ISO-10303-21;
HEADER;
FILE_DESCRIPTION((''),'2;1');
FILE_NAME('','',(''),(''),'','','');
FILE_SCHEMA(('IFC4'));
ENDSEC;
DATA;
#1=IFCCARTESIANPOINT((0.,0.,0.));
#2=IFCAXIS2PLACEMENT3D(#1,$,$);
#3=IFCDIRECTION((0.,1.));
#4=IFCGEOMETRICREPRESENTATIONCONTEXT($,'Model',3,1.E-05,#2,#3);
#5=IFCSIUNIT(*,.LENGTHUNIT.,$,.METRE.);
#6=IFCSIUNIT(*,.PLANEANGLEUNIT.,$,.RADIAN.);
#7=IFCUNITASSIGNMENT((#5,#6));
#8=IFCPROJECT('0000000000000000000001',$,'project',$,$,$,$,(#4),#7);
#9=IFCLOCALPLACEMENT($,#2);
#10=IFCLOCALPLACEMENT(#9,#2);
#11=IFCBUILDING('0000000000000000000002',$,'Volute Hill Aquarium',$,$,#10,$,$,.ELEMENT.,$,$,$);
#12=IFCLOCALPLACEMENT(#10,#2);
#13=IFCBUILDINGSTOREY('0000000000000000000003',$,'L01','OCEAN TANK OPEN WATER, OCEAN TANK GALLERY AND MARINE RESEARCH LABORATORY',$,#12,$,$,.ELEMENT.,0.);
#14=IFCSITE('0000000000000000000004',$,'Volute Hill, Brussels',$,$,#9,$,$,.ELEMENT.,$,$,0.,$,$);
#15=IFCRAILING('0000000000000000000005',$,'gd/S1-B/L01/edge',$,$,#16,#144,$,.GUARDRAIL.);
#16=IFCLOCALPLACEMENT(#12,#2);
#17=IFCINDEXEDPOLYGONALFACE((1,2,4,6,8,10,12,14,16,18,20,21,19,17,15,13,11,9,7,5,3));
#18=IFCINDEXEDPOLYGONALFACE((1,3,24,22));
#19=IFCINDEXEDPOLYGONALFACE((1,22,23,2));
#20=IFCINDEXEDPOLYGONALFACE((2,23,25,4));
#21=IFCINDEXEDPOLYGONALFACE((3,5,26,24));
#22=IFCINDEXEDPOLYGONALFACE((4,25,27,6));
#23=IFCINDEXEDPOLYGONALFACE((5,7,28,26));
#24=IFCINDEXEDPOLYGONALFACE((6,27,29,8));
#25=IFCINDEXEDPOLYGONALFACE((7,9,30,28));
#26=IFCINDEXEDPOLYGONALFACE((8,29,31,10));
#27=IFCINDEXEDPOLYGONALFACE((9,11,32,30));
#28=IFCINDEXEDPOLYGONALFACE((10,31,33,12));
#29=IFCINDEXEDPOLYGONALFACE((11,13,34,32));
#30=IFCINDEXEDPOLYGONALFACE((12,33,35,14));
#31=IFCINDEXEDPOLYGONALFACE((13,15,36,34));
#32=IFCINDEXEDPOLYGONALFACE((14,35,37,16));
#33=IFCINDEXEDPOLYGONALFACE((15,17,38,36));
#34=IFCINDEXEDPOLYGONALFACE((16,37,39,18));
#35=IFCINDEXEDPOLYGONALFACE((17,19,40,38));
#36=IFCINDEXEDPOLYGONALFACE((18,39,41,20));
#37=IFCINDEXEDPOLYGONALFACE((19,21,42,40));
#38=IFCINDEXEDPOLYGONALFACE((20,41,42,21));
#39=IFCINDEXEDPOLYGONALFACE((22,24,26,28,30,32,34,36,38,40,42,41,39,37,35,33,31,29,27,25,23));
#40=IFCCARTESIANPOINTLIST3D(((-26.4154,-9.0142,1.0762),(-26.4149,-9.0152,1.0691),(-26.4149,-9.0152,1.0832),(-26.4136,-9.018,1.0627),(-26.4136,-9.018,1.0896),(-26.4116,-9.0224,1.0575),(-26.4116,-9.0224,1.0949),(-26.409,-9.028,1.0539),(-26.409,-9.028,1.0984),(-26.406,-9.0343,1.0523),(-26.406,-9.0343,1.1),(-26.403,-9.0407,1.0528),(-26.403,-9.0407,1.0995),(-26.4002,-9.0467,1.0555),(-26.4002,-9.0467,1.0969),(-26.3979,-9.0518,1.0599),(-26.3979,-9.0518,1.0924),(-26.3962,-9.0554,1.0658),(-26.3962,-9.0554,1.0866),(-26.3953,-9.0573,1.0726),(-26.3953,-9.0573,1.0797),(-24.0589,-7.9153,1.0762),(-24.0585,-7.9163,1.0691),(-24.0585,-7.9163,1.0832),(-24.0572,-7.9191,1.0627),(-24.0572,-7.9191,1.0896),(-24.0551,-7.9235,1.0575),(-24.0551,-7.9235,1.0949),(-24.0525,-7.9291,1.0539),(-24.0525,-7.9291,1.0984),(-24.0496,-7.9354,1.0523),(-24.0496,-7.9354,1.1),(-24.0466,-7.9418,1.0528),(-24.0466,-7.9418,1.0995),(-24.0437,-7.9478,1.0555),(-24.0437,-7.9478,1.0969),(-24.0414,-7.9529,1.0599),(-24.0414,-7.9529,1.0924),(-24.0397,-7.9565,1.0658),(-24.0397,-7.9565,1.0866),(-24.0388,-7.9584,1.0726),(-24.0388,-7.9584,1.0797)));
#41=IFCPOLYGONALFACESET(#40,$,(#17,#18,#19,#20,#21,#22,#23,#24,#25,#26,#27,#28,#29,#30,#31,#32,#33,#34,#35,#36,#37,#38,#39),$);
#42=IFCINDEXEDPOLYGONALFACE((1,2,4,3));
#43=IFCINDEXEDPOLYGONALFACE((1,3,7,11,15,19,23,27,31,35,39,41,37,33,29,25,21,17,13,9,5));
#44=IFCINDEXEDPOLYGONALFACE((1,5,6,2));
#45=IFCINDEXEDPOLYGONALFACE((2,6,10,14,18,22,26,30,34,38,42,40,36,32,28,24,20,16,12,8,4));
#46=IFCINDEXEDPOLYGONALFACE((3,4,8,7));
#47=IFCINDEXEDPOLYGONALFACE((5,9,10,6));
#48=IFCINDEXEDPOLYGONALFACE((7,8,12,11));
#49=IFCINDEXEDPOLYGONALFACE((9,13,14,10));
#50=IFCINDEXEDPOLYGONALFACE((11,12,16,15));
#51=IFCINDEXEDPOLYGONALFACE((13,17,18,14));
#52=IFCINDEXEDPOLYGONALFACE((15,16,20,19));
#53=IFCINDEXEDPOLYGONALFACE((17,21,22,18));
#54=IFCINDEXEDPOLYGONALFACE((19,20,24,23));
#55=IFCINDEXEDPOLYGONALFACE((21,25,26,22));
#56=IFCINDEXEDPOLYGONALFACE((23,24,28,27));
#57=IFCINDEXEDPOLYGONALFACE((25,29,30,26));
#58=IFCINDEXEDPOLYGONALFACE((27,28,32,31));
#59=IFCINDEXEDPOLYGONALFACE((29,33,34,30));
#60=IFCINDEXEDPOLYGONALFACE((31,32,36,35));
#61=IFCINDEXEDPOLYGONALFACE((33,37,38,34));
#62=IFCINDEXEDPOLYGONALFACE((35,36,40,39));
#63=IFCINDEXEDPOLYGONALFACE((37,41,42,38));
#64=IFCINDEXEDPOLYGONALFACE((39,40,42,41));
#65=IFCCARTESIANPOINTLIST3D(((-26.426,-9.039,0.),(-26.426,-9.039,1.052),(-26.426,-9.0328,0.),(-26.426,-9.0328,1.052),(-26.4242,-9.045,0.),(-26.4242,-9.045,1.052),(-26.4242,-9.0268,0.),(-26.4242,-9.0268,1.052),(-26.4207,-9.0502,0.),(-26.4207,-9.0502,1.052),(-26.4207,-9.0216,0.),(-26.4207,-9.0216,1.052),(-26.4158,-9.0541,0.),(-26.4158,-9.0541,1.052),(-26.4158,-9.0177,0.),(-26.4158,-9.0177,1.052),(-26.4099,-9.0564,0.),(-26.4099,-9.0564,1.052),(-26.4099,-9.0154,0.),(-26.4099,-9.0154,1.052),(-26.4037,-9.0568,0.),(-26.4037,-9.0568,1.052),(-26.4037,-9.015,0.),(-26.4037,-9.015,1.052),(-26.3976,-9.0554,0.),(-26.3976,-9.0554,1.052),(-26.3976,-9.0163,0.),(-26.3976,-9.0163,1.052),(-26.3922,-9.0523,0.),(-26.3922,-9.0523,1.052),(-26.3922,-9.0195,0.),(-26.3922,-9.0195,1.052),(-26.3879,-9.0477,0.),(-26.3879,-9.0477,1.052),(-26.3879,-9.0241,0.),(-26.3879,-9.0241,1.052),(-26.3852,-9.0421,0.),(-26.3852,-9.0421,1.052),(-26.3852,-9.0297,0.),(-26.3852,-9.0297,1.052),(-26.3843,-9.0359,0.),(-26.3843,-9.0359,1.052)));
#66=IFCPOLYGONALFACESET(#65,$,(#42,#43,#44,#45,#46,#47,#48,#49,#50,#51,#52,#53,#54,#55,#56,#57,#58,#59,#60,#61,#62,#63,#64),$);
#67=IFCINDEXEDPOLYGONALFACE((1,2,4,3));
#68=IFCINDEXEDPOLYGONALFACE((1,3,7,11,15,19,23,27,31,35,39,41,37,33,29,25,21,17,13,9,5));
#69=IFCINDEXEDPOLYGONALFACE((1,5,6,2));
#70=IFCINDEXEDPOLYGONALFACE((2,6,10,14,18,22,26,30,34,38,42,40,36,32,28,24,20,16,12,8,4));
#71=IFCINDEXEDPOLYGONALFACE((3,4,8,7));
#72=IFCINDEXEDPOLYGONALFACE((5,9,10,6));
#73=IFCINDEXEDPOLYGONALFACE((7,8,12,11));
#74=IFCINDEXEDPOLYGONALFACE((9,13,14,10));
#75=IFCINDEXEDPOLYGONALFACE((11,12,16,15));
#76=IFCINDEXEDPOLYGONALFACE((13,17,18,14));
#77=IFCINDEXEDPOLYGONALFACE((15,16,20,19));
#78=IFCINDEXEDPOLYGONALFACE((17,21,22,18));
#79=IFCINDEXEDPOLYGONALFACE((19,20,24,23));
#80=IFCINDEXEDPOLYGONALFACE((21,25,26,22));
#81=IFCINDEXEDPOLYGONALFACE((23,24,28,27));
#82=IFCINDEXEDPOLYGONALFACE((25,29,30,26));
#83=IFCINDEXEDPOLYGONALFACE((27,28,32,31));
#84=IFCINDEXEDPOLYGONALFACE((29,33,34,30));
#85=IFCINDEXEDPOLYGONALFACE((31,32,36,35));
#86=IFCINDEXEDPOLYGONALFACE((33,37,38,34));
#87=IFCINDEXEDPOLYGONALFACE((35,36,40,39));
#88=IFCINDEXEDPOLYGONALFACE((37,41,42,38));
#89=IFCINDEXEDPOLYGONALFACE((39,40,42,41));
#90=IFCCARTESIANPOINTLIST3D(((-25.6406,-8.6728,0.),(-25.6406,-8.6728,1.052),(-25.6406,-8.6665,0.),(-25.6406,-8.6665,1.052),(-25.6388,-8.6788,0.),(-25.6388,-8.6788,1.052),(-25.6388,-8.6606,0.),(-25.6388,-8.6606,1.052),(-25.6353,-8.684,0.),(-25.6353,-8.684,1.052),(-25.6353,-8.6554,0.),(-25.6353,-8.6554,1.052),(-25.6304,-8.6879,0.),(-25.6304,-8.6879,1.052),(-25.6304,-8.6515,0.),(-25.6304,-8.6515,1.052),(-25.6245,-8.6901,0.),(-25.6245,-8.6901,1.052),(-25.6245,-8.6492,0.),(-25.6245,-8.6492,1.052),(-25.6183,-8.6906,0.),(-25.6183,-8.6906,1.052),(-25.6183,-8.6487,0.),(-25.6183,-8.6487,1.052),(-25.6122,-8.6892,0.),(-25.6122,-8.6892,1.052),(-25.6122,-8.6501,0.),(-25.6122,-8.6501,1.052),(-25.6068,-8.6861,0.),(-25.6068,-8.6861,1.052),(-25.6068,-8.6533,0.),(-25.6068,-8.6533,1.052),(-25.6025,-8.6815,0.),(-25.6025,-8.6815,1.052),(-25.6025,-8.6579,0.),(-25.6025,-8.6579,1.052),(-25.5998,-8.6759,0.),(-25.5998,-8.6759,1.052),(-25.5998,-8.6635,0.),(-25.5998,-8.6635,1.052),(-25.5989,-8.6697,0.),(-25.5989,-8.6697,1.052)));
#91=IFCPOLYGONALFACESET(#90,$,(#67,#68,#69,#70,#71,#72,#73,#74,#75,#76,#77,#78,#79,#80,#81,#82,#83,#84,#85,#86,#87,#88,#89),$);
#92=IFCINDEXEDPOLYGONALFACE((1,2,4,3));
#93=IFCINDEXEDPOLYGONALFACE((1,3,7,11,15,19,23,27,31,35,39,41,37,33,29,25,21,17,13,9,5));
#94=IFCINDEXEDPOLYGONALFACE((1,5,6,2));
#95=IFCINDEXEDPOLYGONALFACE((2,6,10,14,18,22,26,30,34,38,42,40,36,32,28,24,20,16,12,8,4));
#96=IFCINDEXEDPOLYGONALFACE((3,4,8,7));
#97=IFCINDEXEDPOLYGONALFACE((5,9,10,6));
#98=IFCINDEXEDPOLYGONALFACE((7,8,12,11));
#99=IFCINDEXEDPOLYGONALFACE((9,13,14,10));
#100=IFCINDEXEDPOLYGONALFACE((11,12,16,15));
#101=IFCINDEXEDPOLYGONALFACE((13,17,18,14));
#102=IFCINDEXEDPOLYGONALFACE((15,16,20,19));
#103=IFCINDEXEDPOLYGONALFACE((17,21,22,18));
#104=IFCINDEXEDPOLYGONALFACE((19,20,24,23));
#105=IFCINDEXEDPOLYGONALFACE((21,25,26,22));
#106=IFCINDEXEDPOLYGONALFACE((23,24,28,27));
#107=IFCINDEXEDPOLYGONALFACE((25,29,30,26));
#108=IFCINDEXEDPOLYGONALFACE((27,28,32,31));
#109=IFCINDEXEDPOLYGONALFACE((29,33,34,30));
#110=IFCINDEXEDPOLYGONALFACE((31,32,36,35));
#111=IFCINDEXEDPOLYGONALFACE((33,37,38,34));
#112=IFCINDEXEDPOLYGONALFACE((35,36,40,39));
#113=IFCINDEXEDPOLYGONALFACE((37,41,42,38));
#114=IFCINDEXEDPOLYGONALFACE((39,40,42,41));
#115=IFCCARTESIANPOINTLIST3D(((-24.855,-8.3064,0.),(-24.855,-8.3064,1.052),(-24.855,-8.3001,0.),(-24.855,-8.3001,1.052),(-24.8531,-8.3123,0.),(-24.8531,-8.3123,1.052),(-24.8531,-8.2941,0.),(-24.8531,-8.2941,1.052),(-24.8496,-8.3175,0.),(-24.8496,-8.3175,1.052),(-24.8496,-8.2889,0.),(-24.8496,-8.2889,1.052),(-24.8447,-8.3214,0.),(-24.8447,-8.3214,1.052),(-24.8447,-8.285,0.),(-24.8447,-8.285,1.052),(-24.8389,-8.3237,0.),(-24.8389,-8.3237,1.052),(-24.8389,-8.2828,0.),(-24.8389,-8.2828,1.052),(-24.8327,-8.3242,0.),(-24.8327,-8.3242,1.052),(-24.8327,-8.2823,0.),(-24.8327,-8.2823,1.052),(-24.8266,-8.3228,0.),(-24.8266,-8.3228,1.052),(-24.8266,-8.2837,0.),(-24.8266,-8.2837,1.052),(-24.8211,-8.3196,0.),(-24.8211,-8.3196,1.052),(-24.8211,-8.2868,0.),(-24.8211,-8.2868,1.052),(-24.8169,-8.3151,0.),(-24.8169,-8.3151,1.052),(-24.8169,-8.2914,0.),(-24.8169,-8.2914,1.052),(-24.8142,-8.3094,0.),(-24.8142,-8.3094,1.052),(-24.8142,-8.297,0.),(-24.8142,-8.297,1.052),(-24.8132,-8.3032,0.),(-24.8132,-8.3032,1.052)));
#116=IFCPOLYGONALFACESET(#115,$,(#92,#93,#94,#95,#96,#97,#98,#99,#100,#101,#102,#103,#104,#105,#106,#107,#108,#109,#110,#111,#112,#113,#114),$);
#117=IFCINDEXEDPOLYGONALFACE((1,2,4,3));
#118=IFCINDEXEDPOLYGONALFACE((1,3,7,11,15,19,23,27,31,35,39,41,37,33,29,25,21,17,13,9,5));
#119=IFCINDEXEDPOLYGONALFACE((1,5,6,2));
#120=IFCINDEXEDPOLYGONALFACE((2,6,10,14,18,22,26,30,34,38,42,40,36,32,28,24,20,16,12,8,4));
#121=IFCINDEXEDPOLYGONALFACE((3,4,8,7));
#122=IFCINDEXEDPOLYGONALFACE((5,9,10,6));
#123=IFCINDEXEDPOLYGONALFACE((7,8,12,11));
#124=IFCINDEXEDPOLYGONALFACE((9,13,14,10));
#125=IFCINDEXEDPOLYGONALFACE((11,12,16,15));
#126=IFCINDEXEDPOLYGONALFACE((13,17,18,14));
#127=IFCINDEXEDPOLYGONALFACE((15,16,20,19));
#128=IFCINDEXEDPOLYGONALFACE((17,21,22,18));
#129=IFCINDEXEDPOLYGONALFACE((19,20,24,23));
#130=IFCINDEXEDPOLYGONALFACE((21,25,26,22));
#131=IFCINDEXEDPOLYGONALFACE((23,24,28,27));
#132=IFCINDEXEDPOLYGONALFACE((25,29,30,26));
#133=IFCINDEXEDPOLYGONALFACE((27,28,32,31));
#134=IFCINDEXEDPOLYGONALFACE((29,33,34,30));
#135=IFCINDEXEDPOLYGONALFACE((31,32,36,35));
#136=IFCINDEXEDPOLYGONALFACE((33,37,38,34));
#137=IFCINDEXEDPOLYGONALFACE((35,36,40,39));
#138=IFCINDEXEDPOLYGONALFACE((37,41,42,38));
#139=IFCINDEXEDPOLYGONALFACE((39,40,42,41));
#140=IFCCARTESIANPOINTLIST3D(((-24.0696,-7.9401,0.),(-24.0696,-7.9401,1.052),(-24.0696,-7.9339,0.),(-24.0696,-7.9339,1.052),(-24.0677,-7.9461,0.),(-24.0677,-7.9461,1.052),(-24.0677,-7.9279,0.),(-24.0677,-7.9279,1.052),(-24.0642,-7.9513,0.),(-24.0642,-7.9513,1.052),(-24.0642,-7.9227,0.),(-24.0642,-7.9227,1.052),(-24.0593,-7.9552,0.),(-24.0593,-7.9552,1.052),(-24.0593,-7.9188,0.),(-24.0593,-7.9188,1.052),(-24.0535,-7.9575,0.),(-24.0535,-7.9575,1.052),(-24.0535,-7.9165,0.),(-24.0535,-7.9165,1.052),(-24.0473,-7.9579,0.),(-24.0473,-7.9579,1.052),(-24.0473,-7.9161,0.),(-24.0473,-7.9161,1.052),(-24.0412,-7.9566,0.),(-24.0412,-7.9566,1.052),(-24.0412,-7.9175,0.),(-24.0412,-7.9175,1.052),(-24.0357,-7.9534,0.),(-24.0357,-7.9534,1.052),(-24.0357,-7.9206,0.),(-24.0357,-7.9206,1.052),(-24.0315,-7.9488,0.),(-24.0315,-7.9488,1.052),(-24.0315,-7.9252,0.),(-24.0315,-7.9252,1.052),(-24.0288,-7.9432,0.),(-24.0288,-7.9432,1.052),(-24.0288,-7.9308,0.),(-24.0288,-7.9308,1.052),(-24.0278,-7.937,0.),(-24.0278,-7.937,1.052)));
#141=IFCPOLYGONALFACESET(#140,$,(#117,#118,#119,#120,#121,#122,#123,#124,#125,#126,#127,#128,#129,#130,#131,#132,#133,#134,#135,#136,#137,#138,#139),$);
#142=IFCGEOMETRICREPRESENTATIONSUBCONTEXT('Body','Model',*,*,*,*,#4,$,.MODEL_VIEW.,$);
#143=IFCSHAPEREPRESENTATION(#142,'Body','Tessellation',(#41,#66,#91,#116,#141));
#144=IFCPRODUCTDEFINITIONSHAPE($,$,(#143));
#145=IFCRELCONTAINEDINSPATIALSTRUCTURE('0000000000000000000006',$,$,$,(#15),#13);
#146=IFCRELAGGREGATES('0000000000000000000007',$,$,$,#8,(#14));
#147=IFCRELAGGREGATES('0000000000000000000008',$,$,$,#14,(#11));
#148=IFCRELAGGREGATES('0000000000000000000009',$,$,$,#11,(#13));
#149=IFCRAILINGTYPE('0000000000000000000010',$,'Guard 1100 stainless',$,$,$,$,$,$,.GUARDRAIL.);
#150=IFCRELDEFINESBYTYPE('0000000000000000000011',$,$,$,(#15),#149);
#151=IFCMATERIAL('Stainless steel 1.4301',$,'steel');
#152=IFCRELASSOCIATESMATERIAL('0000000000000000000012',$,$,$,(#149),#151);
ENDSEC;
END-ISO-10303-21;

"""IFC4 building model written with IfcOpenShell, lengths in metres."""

from ifc_helpers import new_model, si_unit, direction, frame, origin, origin_2d, place, context, subcontext, project, spatial, circle, extrude, material, type_object, element, save


model = new_model("IFC4")

# Units and contexts
model_context = context("Model", 3, precision=1e-05, world=origin(), true_north=direction((0.0, 1.0)))
body_context = subcontext(model_context, "Body", "Model", "MODEL_VIEW")
ifc_project = project(units=[si_unit("LENGTHUNIT", "METRE"), si_unit("PLANEANGLEUNIT", "RADIAN")], contexts=[model_context])

# Site, building, storey
site_placement = place(None, origin())
site = spatial("IfcSite", under=ifc_project, at=site_placement, Name="Volute Hill, Brussels", CompositionType="ELEMENT", RefElevation=0.0)
building_placement = place(site_placement, origin())
building = spatial("IfcBuilding", under=site, at=building_placement, Name="Volute Hill Aquarium", CompositionType="ELEMENT")
storey_placement = place(building_placement, origin())
storey = spatial("IfcBuildingStorey", under=building, at=storey_placement, Name="L01", Description="OCEAN TANK OPEN WATER, OCEAN TANK GALLERY AND MARINE RESEARCH LABORATORY", CompositionType="ELEMENT", Elevation=0.0)

# Railing
ifc_material_1 = material(Name="Stainless steel 1.4301", Category="steel")
railing_type_1 = type_object("IfcRailingType", Name="Guard 1100 stainless", PredefinedType="GUARDRAIL", material=ifc_material_1)
railing_1_placement = place(storey_placement, frame((-26.4053, -9.0359, 0.0)))
element("IfcRailing", 1, at=railing_1_placement, inside=storey, type_object=railing_type_1, Name="gd/S1-B/L01/edge", PredefinedType="GUARDRAIL", context=body_context, shape_type="SweptSolid", body=[
    extrude(circle(Radius=0.0239, at=origin_2d()), frame((0.0, 0.0, 1.0762), z_axis=(0.906301, 0.422634, 0.0), x_axis=(-0.422634, 0.906301, 0.0)), (0.0, 0.0, 1.0), 2.6001),
    extrude(circle(Radius=0.021, at=origin_2d()), origin(), (0.0, 0.0, 1.0), 1.052),
    extrude(circle(Radius=0.021, at=origin_2d()), frame((0.7854, 0.3662, 0.0)), (0.0, 0.0, 1.0), 1.052),
    extrude(circle(Radius=0.021, at=origin_2d()), frame((1.571, 0.7327, 0.0)), (0.0, 0.0, 1.0), 1.052),
    extrude(circle(Radius=0.021, at=origin_2d()), frame((2.3564, 1.0989, 0.0)), (0.0, 0.0, 1.0), 1.052),
])

save(model, "model.ifc")
